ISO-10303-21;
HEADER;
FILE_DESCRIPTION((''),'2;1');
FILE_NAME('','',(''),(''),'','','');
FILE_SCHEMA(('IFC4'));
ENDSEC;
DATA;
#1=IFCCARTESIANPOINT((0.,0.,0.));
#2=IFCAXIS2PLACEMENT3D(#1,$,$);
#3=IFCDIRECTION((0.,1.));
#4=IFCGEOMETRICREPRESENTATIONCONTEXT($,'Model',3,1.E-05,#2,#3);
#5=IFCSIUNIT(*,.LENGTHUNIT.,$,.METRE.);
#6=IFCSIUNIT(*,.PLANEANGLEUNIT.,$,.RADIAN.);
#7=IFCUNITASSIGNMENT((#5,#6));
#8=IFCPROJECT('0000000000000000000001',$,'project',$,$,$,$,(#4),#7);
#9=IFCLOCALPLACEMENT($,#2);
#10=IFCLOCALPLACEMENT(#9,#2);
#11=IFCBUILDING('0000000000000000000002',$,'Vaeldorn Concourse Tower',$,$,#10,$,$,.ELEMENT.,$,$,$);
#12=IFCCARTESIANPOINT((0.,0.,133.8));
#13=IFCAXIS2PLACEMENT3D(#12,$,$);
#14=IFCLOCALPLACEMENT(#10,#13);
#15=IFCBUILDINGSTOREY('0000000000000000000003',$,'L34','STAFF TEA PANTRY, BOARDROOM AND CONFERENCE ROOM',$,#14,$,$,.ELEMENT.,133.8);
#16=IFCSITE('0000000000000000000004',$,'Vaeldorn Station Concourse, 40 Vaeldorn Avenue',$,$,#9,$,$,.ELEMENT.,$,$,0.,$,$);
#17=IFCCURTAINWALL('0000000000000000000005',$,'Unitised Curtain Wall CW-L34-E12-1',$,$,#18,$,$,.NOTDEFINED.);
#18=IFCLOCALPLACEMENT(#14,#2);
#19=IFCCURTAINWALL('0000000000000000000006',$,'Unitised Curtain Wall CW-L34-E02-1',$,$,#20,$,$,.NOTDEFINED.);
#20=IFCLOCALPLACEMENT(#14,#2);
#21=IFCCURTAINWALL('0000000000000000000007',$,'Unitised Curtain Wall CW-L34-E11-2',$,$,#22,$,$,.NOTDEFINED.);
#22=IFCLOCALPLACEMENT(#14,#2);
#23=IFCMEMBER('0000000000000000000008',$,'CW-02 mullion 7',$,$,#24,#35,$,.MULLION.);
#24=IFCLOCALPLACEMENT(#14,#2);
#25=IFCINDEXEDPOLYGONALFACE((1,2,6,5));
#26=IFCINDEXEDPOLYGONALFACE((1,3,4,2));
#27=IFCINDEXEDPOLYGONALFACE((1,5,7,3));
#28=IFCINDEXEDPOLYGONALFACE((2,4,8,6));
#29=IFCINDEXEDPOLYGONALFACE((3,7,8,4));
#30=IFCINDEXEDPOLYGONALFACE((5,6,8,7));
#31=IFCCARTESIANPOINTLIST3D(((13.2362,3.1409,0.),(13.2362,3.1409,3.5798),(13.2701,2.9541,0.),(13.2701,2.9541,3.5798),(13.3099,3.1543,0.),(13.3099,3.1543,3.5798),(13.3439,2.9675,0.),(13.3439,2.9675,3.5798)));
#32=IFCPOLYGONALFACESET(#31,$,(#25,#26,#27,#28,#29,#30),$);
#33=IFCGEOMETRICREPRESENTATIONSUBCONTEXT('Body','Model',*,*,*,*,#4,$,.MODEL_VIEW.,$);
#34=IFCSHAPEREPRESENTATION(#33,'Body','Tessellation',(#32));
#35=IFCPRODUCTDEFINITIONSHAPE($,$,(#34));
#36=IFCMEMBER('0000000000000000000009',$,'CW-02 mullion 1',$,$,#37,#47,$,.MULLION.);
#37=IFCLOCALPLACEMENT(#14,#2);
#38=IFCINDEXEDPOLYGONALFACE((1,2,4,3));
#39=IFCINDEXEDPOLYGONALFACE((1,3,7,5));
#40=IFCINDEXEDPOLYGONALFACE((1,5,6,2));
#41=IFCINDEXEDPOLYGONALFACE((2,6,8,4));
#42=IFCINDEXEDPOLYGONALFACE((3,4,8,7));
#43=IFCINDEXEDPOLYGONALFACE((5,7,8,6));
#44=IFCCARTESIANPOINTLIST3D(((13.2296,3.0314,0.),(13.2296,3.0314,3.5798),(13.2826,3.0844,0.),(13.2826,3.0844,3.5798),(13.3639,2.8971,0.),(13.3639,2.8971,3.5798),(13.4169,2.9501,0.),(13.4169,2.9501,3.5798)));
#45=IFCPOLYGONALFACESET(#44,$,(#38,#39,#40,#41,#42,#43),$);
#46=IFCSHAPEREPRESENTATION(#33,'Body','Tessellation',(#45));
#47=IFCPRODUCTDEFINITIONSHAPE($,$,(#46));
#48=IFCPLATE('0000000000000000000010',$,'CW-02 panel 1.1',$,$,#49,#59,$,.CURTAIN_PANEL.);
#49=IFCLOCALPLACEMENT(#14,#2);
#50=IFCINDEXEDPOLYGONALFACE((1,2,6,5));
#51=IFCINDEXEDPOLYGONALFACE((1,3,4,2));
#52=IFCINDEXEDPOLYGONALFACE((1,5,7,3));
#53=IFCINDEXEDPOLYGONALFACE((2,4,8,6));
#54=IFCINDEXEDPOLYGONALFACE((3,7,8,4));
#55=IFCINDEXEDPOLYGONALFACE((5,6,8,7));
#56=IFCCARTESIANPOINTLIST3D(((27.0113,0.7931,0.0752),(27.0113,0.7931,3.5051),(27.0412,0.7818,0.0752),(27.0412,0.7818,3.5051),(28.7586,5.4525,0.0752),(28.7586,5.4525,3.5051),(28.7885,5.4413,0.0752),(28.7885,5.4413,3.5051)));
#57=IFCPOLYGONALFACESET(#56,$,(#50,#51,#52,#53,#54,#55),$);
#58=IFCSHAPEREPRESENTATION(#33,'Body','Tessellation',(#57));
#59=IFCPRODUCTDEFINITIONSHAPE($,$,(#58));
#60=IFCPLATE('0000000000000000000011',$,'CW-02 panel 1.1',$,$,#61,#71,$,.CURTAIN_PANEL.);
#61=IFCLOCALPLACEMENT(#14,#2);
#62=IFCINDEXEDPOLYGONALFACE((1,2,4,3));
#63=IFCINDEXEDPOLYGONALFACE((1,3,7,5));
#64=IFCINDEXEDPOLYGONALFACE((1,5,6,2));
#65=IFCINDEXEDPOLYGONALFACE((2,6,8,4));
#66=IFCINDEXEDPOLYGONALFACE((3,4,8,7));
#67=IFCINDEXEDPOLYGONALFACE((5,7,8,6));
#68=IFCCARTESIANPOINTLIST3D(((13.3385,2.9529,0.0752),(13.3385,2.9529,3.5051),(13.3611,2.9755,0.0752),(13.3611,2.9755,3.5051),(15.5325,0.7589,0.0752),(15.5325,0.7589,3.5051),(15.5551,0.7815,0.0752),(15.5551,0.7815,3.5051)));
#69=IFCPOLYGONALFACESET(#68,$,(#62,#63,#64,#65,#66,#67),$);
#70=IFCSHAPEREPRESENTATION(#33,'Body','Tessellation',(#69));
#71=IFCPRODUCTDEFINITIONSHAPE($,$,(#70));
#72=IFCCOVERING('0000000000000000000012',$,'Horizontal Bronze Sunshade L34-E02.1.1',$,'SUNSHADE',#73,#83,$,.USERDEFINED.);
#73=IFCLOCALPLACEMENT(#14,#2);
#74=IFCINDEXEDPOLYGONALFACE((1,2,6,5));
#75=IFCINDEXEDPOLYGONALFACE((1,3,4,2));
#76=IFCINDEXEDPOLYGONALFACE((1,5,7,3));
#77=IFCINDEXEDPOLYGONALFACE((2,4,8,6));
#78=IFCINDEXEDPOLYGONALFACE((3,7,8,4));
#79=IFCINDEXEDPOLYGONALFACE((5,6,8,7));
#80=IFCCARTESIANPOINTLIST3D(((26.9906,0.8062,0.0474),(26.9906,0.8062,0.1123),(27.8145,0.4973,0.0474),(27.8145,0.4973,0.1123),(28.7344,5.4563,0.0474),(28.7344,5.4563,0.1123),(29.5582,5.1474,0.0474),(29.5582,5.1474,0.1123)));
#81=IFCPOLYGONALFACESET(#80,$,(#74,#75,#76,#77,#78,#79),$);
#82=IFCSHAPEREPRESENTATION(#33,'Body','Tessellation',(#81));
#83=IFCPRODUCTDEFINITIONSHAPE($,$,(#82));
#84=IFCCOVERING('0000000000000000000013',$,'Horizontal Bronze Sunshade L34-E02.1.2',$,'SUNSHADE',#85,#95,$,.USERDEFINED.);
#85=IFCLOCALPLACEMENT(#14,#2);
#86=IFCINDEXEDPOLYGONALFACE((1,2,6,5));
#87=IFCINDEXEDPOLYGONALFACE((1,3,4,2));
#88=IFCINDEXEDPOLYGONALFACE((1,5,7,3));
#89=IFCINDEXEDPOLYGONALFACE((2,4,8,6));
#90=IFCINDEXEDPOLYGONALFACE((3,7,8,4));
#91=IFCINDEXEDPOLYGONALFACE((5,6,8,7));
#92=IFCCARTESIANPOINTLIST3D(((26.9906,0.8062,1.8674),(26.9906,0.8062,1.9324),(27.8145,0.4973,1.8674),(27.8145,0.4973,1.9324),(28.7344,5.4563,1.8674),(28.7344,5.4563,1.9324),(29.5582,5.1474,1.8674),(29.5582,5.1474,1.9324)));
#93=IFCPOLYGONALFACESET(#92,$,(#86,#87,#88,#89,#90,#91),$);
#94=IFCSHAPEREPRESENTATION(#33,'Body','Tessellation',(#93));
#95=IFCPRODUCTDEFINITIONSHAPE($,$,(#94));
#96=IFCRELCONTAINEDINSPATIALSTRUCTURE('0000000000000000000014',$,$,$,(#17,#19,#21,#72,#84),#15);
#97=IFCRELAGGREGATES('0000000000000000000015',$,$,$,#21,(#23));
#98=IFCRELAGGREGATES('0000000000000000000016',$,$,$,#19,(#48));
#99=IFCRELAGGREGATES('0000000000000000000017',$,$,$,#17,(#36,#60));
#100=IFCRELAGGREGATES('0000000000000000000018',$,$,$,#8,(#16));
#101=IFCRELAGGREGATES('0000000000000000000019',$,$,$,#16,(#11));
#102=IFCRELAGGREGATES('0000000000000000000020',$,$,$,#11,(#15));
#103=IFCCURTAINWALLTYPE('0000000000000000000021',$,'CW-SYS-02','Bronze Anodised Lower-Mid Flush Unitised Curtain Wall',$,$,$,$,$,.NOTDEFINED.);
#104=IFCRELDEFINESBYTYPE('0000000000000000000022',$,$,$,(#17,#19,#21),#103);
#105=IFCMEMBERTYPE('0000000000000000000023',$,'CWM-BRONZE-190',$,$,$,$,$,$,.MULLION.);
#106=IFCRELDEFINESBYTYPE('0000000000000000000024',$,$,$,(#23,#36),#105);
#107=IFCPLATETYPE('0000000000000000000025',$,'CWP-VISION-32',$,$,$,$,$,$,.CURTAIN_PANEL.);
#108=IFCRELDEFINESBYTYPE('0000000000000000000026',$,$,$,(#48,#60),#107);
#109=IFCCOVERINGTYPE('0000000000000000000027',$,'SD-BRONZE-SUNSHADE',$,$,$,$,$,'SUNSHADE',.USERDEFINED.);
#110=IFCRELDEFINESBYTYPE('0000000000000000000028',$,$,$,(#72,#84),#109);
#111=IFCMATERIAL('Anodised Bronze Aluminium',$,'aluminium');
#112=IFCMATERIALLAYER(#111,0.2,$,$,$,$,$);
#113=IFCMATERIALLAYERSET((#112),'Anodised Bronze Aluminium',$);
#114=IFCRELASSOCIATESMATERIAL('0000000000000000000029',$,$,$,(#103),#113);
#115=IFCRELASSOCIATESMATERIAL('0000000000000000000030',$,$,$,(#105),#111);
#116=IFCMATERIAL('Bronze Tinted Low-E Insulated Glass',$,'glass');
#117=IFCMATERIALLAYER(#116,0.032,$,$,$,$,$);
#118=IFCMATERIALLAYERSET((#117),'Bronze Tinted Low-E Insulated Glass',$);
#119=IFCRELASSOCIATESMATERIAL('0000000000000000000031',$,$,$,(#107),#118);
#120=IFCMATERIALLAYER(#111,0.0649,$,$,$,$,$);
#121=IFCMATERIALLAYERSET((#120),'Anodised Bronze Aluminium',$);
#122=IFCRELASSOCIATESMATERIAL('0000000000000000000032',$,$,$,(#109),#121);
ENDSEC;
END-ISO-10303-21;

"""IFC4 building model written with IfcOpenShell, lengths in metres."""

from ifc_helpers import new_model, si_unit, direction, frame, origin, origin_2d, place, context, subcontext, project, spatial, rectangle, extrude, source, transform, mapped, material, layer, layer_set, material_profile, profile_set, type_object, element, aggregate, save


model = new_model("IFC4")

# Units and contexts
model_context = context("Model", 3, precision=1e-05, world=origin(), true_north=direction((0.0, 1.0)))
body_context = subcontext(model_context, "Body", "Model", "MODEL_VIEW")
ifc_project = project(units=[si_unit("LENGTHUNIT", "METRE"), si_unit("PLANEANGLEUNIT", "RADIAN")], contexts=[model_context])

# Site, building, storey
site_placement = place(None, origin())
site = spatial("IfcSite", under=ifc_project, at=site_placement, Name="Vaeldorn Station Concourse, 40 Vaeldorn Avenue", CompositionType="ELEMENT", RefElevation=0.0)
building_placement = place(site_placement, origin())
building = spatial("IfcBuilding", under=site, at=building_placement, Name="Vaeldorn Concourse Tower", CompositionType="ELEMENT")
storey_placement = place(building_placement, frame((0.0, 0.0, 133.8)))
storey = spatial("IfcBuildingStorey", under=building, at=storey_placement, Name="L34", Description="STAFF TEA PANTRY, BOARDROOM AND CONFERENCE ROOM", CompositionType="ELEMENT", Elevation=133.8)

# Curtain wall
ifc_material_1 = material(Name="Anodised Bronze Aluminium", Category="aluminium")
ifc_layer_1 = layer(ifc_material_1, 0.2)
ifc_layer_set_1 = layer_set([ifc_layer_1], Name="Anodised Bronze Aluminium")
curtain_wall_type = type_object("IfcCurtainWallType", Name="CW-SYS-02", Description="Bronze Anodised Lower-Mid Flush Unitised Curtain Wall", PredefinedType="NOTDEFINED", material=ifc_layer_set_1)
curtain_wall_1_placement = place(storey_placement, origin())
curtain_wall_1 = element("IfcCurtainWall", 1, at=curtain_wall_1_placement, inside=storey, type_object=curtain_wall_type, Name="Unitised Curtain Wall CW-L34-E12-1", PredefinedType="NOTDEFINED")

# Curtain wall
curtain_wall_2_placement = place(storey_placement, origin())
curtain_wall_2 = element("IfcCurtainWall", 2, at=curtain_wall_2_placement, inside=storey, type_object=curtain_wall_type, Name="Unitised Curtain Wall CW-L34-E02-1", PredefinedType="NOTDEFINED")
ifc_material_profile_1 = material_profile(ifc_material_1, rectangle(XDim=0.075, YDim=0.1899, at=origin_2d()), Name="CWM 75x190")
ifc_profile_set_1 = profile_set([ifc_material_profile_1], Name="Anodised Bronze Aluminium")
member_type_1 = type_object("IfcMemberType", Name="CWM-BRONZE-190", PredefinedType="MULLION", material=ifc_profile_set_1)
shared_shape_1 = source(origin(), body_context, "Body", "SweptSolid", [
    extrude(rectangle(XDim=0.075, YDim=0.1899, at=origin_2d()), origin(), (0.0, 0.0, 1.0), 3.5798),
])

# Curtain wall, member
curtain_wall_3_placement = place(storey_placement, origin())
curtain_wall_3 = element("IfcCurtainWall", 3, at=curtain_wall_3_placement, inside=storey, type_object=curtain_wall_type, Name="Unitised Curtain Wall CW-L34-E11-2", PredefinedType="NOTDEFINED")
member_1_placement = place(storey_placement, frame((13.29, 3.0542, 0.0), z_axis=(0.0, 0.0, 1.0), x_axis=(0.983905, 0.178692, 0.0)))
member_1 = element("IfcMember", 4, at=member_1_placement, type_object=member_type_1, Name="CW-02 mullion 7", PredefinedType="MULLION", context=body_context, shape_type="MappedRepresentation", body=[
    mapped(shared_shape_1, transform((0.0, 0.0, 0.0), scale=1.0)),
])
aggregate(curtain_wall_3, [member_1])

# Member
member_2_placement = place(storey_placement, frame((13.3232, 2.9907, 0.0), z_axis=(0.0, 0.0, 1.0), x_axis=(0.707107, 0.707107, 0.0)))
member_2 = element("IfcMember", 5, at=member_2_placement, type_object=member_type_1, Name="CW-02 mullion 1", PredefinedType="MULLION", context=body_context, shape_type="MappedRepresentation", body=[
    mapped(shared_shape_1, transform((0.0, 0.0, 0.0), scale=1.0)),
])

# Plates
ifc_material_2 = material(Name="Bronze Tinted Low-E Insulated Glass", Category="glass")
ifc_layer_2 = layer(ifc_material_2, 0.032)
ifc_layer_set_2 = layer_set([ifc_layer_2], Name="Bronze Tinted Low-E Insulated Glass")
plate_type = type_object("IfcPlateType", Name="CWP-VISION-32", PredefinedType="CURTAIN_PANEL", material=ifc_layer_set_2)
shared_shape_2 = source(origin(), body_context, "Body", "SweptSolid", [
    extrude(rectangle(XDim=4.9763, YDim=0.032, at=origin_2d()), origin(), (0.0, 0.0, 1.0), 3.4299),
])
plate_1_placement = place(storey_placement, frame((27.8999, 3.1172, 0.0752), z_axis=(0.0, 0.0, 1.0), x_axis=(0.351123, 0.936329, 0.0)))
plate_1 = element("IfcPlate", 6, at=plate_1_placement, type_object=plate_type, Name="CW-02 panel 1.1", PredefinedType="CURTAIN_PANEL", context=body_context, shape_type="MappedRepresentation", body=[
    mapped(shared_shape_2, transform((0.0, 0.0, 0.0), scale=1.0)),
])
aggregate(curtain_wall_2, [plate_1])
shared_shape_3 = source(origin(), body_context, "Body", "SweptSolid", [
    extrude(rectangle(XDim=3.1028, YDim=0.032, at=origin_2d()), origin(), (0.0, 0.0, 1.0), 3.4299),
])
plate_2_placement = place(storey_placement, frame((14.4468, 1.8672, 0.0752), z_axis=(0.0, 0.0, 1.0), x_axis=(0.707107, -0.707107, 0.0)))
plate_2 = element("IfcPlate", 7, at=plate_2_placement, type_object=plate_type, Name="CW-02 panel 1.1", PredefinedType="CURTAIN_PANEL", context=body_context, shape_type="MappedRepresentation", body=[
    mapped(shared_shape_3, transform((0.0, 0.0, 0.0), scale=1.0)),
])
aggregate(curtain_wall_1, [member_2, plate_2])

# Coverings
ifc_layer_3 = layer(ifc_material_1, 0.0649)
ifc_layer_set_3 = layer_set([ifc_layer_3], Name="Anodised Bronze Aluminium")
covering_type = type_object("IfcCoveringType", Name="SD-BRONZE-SUNSHADE", ElementType="SUNSHADE", PredefinedType="USERDEFINED", material=ifc_layer_set_3)
shared_shape_4 = source(origin(), body_context, "Body", "SweptSolid", [
    extrude(rectangle(XDim=4.9663, YDim=0.8799, at=origin_2d()), origin(), (0.0, 0.0, 1.0), 0.0649),
])
for number, where, z_axis, x_axis, name in (
    (8, (28.2744, 2.9768, 0.0474), (0.0, 0.0, 1.0), (0.351123, 0.936329, 0.0), "Horizontal Bronze Sunshade L34-E02.1.1"),
    (9, (28.2744, 2.9768, 1.8674), (0.0, 0.0, 1.0), (0.351123, 0.936329, 0.0), "Horizontal Bronze Sunshade L34-E02.1.2"),
):
    element("IfcCovering", number, at=place(storey_placement, frame(where, z_axis=z_axis, x_axis=x_axis)), inside=storey, type_object=covering_type, Name=name, ObjectType="SUNSHADE", PredefinedType="USERDEFINED", context=body_context, shape_type="MappedRepresentation", body=[
        mapped(shared_shape_4, transform((0.0, 0.0, 0.0), scale=1.0)),
    ])

save(model, "model.ifc")
